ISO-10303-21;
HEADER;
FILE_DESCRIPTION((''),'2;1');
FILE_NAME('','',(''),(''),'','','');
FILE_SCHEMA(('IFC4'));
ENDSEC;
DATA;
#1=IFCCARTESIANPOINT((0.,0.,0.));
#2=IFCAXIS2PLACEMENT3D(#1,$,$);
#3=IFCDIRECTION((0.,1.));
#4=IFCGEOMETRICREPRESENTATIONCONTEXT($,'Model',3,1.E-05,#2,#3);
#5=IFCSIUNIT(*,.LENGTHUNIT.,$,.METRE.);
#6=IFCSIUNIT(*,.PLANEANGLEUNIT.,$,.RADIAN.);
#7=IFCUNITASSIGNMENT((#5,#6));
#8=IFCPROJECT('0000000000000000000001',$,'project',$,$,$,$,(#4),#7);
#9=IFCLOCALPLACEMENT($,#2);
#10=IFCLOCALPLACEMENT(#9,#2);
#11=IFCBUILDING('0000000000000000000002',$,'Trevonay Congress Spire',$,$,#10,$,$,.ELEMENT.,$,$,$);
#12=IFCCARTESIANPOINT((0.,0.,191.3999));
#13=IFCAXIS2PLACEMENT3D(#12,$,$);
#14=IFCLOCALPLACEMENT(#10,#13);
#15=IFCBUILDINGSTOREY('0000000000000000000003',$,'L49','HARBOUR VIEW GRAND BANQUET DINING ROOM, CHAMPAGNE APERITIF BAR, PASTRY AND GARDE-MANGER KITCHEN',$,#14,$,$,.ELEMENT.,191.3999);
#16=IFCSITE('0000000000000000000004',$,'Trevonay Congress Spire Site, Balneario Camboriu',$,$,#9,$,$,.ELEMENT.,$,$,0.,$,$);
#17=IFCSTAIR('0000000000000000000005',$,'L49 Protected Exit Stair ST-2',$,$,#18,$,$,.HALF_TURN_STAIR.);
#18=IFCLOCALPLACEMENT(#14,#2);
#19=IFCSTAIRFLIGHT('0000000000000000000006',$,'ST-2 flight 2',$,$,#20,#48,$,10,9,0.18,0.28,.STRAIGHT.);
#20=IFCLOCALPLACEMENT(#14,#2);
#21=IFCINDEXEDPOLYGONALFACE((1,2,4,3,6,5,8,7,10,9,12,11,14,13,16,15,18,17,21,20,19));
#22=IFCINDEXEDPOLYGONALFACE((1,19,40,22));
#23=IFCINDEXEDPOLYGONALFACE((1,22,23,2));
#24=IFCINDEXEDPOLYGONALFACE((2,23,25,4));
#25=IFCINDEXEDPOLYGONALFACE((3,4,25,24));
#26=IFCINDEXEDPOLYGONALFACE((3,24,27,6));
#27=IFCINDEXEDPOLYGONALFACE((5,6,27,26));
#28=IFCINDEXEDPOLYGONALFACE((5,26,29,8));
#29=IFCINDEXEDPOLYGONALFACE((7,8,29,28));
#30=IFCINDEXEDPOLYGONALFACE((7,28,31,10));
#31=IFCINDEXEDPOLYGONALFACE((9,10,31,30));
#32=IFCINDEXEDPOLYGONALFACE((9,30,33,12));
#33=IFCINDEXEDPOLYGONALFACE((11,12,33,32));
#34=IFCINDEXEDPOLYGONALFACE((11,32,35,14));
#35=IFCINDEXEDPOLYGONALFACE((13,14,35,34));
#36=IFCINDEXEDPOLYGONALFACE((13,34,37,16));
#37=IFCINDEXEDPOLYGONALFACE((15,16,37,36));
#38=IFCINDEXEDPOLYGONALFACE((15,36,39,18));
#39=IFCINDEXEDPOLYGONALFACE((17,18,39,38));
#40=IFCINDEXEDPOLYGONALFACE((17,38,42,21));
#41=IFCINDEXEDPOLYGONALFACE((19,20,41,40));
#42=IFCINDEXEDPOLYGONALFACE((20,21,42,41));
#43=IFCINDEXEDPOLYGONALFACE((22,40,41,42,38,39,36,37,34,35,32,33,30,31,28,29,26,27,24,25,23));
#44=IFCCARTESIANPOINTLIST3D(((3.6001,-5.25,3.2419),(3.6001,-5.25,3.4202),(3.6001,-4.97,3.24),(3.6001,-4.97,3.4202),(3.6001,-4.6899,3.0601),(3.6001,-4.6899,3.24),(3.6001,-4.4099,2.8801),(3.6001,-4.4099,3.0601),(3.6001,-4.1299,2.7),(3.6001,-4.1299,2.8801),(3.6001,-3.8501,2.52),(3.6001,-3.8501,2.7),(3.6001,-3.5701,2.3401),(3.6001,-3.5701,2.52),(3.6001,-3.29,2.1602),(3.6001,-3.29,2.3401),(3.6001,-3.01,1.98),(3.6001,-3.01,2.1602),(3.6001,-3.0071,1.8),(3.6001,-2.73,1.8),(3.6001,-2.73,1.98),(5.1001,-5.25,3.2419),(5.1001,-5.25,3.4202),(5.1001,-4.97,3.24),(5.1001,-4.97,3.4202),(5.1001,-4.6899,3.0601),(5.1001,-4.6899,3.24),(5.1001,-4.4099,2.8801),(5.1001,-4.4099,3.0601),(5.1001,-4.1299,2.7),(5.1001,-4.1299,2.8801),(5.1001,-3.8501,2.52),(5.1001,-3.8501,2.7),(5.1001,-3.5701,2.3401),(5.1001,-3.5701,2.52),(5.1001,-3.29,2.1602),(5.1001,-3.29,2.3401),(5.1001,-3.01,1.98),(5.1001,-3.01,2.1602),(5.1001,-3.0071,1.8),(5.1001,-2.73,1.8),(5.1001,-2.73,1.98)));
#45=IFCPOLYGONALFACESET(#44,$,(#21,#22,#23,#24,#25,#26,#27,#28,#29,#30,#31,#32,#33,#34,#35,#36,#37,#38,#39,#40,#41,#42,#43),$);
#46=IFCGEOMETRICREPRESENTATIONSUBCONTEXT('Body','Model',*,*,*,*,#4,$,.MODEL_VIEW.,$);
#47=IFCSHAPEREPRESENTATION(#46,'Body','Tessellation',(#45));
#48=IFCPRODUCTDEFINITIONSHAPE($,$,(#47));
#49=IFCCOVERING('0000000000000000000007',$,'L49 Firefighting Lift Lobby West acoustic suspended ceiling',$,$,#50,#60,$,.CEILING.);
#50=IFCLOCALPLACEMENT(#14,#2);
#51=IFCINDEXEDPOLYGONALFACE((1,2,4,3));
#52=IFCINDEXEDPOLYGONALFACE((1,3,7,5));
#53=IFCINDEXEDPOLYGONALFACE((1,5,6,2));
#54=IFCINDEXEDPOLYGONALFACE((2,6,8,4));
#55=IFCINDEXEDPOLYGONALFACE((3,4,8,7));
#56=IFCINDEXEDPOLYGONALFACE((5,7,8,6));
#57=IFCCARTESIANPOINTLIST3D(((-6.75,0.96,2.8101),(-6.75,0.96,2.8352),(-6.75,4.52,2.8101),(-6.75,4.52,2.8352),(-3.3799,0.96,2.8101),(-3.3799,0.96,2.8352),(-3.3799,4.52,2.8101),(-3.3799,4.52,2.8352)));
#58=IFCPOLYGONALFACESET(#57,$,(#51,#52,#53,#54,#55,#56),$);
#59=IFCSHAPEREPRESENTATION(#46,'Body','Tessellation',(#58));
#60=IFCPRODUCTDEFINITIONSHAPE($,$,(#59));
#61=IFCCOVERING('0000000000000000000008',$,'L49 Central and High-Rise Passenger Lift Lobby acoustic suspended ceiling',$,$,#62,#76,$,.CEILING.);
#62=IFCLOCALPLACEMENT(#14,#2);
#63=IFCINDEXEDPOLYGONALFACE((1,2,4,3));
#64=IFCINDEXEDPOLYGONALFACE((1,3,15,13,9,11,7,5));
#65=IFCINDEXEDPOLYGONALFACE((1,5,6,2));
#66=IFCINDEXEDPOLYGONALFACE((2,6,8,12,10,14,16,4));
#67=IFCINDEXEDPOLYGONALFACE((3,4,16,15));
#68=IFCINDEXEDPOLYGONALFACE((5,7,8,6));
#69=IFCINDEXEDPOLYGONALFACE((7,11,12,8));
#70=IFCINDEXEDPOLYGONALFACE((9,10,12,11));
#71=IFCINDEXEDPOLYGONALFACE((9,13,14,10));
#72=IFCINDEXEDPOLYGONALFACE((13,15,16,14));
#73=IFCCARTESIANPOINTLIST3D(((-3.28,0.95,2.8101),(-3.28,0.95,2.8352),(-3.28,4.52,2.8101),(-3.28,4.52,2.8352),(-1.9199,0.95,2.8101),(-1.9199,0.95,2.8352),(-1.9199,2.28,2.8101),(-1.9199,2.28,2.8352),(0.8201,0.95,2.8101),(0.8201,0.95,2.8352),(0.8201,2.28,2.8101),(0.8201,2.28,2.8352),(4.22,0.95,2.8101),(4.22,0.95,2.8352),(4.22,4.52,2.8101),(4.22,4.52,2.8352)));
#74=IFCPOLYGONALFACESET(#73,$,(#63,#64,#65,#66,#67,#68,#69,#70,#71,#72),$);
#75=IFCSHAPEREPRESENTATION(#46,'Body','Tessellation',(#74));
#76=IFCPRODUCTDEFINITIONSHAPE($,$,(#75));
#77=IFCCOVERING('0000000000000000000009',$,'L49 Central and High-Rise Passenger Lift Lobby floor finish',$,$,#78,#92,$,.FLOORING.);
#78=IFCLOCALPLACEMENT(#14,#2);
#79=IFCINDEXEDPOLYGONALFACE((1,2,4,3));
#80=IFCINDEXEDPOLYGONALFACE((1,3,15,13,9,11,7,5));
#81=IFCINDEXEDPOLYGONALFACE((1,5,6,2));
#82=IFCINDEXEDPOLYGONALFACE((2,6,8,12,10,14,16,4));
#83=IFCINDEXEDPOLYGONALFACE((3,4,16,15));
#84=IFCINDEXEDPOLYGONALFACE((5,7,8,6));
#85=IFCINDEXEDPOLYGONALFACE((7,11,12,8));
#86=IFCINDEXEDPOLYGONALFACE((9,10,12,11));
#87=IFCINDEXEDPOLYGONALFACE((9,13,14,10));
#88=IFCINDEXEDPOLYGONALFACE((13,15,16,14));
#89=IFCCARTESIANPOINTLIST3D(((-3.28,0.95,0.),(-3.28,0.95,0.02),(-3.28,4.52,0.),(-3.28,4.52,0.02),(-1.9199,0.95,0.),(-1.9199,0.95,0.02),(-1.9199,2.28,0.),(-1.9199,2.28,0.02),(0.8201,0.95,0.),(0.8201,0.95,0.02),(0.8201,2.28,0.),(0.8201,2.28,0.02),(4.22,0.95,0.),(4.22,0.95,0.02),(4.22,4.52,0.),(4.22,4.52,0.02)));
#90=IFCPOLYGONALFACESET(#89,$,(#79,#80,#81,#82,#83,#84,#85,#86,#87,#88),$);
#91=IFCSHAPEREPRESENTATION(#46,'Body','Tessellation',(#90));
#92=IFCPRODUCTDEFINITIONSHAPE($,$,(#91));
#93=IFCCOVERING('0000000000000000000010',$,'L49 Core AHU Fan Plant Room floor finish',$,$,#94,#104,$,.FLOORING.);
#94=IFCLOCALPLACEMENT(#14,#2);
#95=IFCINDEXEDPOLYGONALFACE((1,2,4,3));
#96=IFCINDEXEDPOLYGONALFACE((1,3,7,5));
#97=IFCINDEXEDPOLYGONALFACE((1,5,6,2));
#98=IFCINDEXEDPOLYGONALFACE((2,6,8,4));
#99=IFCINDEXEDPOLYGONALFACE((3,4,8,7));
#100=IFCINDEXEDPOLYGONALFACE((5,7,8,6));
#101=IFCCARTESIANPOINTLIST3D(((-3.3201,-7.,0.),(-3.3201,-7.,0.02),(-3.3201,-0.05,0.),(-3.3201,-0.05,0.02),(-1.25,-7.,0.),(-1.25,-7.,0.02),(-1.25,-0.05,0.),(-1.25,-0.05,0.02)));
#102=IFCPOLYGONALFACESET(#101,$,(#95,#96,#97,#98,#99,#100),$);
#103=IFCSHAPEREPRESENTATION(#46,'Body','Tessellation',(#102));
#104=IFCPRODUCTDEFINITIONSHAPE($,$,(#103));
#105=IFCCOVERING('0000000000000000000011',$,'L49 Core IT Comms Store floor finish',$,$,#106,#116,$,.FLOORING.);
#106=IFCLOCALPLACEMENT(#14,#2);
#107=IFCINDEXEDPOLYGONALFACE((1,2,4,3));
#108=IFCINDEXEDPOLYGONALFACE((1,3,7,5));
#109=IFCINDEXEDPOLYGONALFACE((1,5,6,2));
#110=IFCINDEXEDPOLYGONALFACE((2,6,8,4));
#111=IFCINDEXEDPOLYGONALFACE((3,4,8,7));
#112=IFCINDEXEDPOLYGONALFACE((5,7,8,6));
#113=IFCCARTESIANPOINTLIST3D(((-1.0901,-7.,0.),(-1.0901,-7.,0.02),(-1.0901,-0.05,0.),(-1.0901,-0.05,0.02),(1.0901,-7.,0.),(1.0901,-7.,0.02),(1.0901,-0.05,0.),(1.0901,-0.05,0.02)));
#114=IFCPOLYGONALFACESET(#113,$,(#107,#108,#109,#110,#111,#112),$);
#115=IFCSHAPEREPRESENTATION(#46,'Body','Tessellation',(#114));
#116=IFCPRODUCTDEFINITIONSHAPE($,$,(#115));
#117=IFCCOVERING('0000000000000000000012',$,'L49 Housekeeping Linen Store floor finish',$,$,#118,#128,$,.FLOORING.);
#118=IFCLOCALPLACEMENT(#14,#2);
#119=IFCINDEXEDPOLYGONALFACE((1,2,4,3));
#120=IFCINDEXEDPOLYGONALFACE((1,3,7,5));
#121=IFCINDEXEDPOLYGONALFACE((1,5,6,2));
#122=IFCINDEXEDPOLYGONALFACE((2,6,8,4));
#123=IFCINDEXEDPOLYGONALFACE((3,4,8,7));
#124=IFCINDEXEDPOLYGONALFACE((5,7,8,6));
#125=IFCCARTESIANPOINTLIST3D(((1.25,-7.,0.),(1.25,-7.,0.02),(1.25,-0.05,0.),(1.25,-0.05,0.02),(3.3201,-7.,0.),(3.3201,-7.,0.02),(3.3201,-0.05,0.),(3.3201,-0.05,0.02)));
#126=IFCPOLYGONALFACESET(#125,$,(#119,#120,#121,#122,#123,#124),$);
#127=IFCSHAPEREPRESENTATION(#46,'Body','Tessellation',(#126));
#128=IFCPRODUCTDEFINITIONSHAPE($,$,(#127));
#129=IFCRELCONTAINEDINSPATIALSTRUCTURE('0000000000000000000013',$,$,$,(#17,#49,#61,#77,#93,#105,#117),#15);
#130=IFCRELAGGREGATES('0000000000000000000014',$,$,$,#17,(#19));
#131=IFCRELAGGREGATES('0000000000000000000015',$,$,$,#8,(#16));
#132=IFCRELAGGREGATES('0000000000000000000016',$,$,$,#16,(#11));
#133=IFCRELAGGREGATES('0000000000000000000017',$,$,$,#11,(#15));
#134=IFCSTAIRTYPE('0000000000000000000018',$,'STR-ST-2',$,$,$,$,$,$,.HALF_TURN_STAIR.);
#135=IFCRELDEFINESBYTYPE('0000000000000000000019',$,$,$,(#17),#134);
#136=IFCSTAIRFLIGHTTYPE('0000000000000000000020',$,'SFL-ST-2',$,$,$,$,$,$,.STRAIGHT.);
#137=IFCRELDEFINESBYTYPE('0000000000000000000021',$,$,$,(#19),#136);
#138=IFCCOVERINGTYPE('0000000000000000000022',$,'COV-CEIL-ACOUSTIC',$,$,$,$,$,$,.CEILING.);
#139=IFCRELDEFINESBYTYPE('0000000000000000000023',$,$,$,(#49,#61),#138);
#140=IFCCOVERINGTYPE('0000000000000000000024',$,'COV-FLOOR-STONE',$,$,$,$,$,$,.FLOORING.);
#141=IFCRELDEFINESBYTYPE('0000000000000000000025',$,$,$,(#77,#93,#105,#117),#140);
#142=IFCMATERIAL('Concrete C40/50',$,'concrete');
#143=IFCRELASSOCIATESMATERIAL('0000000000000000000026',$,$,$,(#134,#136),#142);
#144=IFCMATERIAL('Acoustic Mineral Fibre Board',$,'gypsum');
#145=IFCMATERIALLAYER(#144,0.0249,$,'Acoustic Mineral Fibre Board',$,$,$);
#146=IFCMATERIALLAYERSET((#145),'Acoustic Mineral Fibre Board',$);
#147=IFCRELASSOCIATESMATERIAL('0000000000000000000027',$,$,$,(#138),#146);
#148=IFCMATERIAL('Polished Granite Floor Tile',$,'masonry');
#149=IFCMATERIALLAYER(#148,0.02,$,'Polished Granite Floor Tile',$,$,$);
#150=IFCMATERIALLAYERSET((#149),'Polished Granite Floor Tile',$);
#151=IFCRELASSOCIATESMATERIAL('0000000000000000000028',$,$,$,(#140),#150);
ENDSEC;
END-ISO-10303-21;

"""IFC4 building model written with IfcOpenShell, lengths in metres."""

from ifc_helpers import new_model, si_unit, direction, frame, origin, place, context, subcontext, project, spatial, polyline, outline, extrude, material, layer, layer_set, type_object, element, aggregate, save


model = new_model("IFC4")

# Units and contexts
model_context = context("Model", 3, precision=1e-05, world=origin(), true_north=direction((0.0, 1.0)))
body_context = subcontext(model_context, "Body", "Model", "MODEL_VIEW")
ifc_project = project(units=[si_unit("LENGTHUNIT", "METRE"), si_unit("PLANEANGLEUNIT", "RADIAN")], contexts=[model_context])

# Site, building, storey
site_placement = place(None, origin())
site = spatial("IfcSite", under=ifc_project, at=site_placement, Name="Trevonay Congress Spire Site, Balneario Camboriu", CompositionType="ELEMENT", RefElevation=0.0)
building_placement = place(site_placement, origin())
building = spatial("IfcBuilding", under=site, at=building_placement, Name="Trevonay Congress Spire", CompositionType="ELEMENT")
storey_placement = place(building_placement, frame((0.0, 0.0, 191.3999)))
storey = spatial("IfcBuildingStorey", under=building, at=storey_placement, Name="L49", Description="HARBOUR VIEW GRAND BANQUET DINING ROOM, CHAMPAGNE APERITIF BAR, PASTRY AND GARDE-MANGER KITCHEN", CompositionType="ELEMENT", Elevation=191.3999)

# Shared definitions
ifc_material_1 = material(Name="Concrete C40/50", Category="concrete")

# Stair, stair flight
stair_type = type_object("IfcStairType", Name="STR-ST-2", PredefinedType="HALF_TURN_STAIR", material=ifc_material_1)
stair_placement = place(storey_placement, origin())
stair = element("IfcStair", 1, at=stair_placement, inside=storey, type_object=stair_type, Name="L49 Protected Exit Stair ST-2", PredefinedType="HALF_TURN_STAIR")
stair_flight_type = type_object("IfcStairFlightType", Name="SFL-ST-2", PredefinedType="STRAIGHT", material=ifc_material_1)
stair_flight_1_placement = place(storey_placement, frame((4.3501, -2.73, 1.8), z_axis=(0.0, 0.0, 1.0), x_axis=(0.0, -1.0, 0.0)))
stair_flight_1 = element("IfcStairFlight", 2, at=stair_flight_1_placement, type_object=stair_flight_type, Name="ST-2 flight 2", NumberOfRisers=10, NumberOfTreads=9, PredefinedType="STRAIGHT", RiserHeight=0.18, TreadLength=0.28, context=body_context, shape_type="SweptSolid", body=[
    extrude(outline(polyline([(0.0, 0.0), (0.0, 0.1799), (0.28, 0.1799), (0.28, 0.3601), (0.5601, 0.3601), (0.5601, 0.54), (0.8401, 0.54), (0.8401, 0.72), (1.1201, 0.72), (1.1201, 0.8999), (1.3999, 0.8999), (1.3999, 1.0801), (1.6799, 1.0801), (1.6799, 1.26), (1.96, 1.26), (1.96, 1.4399), (2.24, 1.4399), (2.24, 1.6201), (2.52, 1.6201), (2.52, 1.8), (2.52, 1.4419), (0.2771, 0.0), (0.0, 0.0)])), frame((0.0, 0.75, 0.0), z_axis=(0.0, -1.0, 0.0), x_axis=(1.0, 0.0, 0.0)), (0.0, 0.0, 1.0), 1.5),
])
aggregate(stair, [stair_flight_1])

# Coverings
ifc_material_2 = material(Name="Acoustic Mineral Fibre Board", Category="gypsum")
ifc_layer_1 = layer(ifc_material_2, 0.0249, Name="Acoustic Mineral Fibre Board")
ifc_layer_set_1 = layer_set([ifc_layer_1], Name="Acoustic Mineral Fibre Board")
covering_type_1 = type_object("IfcCoveringType", Name="COV-CEIL-ACOUSTIC", PredefinedType="CEILING", material=ifc_layer_set_1)
covering_1_placement = place(storey_placement, frame((0.0, 0.0, 2.8101)))
element("IfcCovering", 3, at=covering_1_placement, inside=storey, type_object=covering_type_1, Name="L49 Firefighting Lift Lobby West acoustic suspended ceiling", PredefinedType="CEILING", context=body_context, shape_type="SweptSolid", body=[
    extrude(outline(polyline([(-6.75, 0.96), (-3.3799, 0.96), (-3.3799, 4.52), (-6.75, 4.52), (-6.75, 0.96)])), origin(), (0.0, 0.0, 1.0), 0.0251),
])
covering_2_placement = place(storey_placement, frame((0.0, 0.0, 2.8101)))
element("IfcCovering", 4, at=covering_2_placement, inside=storey, type_object=covering_type_1, Name="L49 Central and High-Rise Passenger Lift Lobby acoustic suspended ceiling", PredefinedType="CEILING", context=body_context, shape_type="SweptSolid", body=[
    extrude(outline(polyline([(-3.28, 0.95), (-1.9199, 0.95), (-1.9199, 2.28), (0.8201, 2.28), (0.8201, 0.95), (4.22, 0.95), (4.22, 4.52), (-3.28, 4.52), (-3.28, 0.95)])), origin(), (0.0, 0.0, 1.0), 0.0251),
])
ifc_material_3 = material(Name="Polished Granite Floor Tile", Category="masonry")
ifc_layer_2 = layer(ifc_material_3, 0.02, Name="Polished Granite Floor Tile")
ifc_layer_set_2 = layer_set([ifc_layer_2], Name="Polished Granite Floor Tile")
covering_type_2 = type_object("IfcCoveringType", Name="COV-FLOOR-STONE", PredefinedType="FLOORING", material=ifc_layer_set_2)
covering_3_placement = place(storey_placement, origin())
element("IfcCovering", 5, at=covering_3_placement, inside=storey, type_object=covering_type_2, Name="L49 Central and High-Rise Passenger Lift Lobby floor finish", PredefinedType="FLOORING", context=body_context, shape_type="SweptSolid", body=[
    extrude(outline(polyline([(-3.28, 0.95), (-1.9199, 0.95), (-1.9199, 2.28), (0.8201, 2.28), (0.8201, 0.95), (4.22, 0.95), (4.22, 4.52), (-3.28, 4.52), (-3.28, 0.95)])), origin(), (0.0, 0.0, 1.0), 0.02),
])
covering_4_placement = place(storey_placement, origin())
element("IfcCovering", 6, at=covering_4_placement, inside=storey, type_object=covering_type_2, Name="L49 Core AHU Fan Plant Room floor finish", PredefinedType="FLOORING", context=body_context, shape_type="SweptSolid", body=[
    extrude(outline(polyline([(-3.3201, -7.0), (-1.25, -7.0), (-1.25, -0.05), (-3.3201, -0.05), (-3.3201, -7.0)])), origin(), (0.0, 0.0, 1.0), 0.02),
])
covering_5_placement = place(storey_placement, origin())
element("IfcCovering", 7, at=covering_5_placement, inside=storey, type_object=covering_type_2, Name="L49 Core IT Comms Store floor finish", PredefinedType="FLOORING", context=body_context, shape_type="SweptSolid", body=[
    extrude(outline(polyline([(-1.0901, -7.0), (1.0901, -7.0), (1.0901, -0.05), (-1.0901, -0.05), (-1.0901, -7.0)])), origin(), (0.0, 0.0, 1.0), 0.02),
])
covering_6_placement = place(storey_placement, origin())
element("IfcCovering", 8, at=covering_6_placement, inside=storey, type_object=covering_type_2, Name="L49 Housekeeping Linen Store floor finish", PredefinedType="FLOORING", context=body_context, shape_type="SweptSolid", body=[
    extrude(outline(polyline([(1.25, -7.0), (3.3201, -7.0), (3.3201, -0.05), (1.25, -0.05), (1.25, -7.0)])), origin(), (0.0, 0.0, 1.0), 0.02),
])

save(model, "model.ifc")
